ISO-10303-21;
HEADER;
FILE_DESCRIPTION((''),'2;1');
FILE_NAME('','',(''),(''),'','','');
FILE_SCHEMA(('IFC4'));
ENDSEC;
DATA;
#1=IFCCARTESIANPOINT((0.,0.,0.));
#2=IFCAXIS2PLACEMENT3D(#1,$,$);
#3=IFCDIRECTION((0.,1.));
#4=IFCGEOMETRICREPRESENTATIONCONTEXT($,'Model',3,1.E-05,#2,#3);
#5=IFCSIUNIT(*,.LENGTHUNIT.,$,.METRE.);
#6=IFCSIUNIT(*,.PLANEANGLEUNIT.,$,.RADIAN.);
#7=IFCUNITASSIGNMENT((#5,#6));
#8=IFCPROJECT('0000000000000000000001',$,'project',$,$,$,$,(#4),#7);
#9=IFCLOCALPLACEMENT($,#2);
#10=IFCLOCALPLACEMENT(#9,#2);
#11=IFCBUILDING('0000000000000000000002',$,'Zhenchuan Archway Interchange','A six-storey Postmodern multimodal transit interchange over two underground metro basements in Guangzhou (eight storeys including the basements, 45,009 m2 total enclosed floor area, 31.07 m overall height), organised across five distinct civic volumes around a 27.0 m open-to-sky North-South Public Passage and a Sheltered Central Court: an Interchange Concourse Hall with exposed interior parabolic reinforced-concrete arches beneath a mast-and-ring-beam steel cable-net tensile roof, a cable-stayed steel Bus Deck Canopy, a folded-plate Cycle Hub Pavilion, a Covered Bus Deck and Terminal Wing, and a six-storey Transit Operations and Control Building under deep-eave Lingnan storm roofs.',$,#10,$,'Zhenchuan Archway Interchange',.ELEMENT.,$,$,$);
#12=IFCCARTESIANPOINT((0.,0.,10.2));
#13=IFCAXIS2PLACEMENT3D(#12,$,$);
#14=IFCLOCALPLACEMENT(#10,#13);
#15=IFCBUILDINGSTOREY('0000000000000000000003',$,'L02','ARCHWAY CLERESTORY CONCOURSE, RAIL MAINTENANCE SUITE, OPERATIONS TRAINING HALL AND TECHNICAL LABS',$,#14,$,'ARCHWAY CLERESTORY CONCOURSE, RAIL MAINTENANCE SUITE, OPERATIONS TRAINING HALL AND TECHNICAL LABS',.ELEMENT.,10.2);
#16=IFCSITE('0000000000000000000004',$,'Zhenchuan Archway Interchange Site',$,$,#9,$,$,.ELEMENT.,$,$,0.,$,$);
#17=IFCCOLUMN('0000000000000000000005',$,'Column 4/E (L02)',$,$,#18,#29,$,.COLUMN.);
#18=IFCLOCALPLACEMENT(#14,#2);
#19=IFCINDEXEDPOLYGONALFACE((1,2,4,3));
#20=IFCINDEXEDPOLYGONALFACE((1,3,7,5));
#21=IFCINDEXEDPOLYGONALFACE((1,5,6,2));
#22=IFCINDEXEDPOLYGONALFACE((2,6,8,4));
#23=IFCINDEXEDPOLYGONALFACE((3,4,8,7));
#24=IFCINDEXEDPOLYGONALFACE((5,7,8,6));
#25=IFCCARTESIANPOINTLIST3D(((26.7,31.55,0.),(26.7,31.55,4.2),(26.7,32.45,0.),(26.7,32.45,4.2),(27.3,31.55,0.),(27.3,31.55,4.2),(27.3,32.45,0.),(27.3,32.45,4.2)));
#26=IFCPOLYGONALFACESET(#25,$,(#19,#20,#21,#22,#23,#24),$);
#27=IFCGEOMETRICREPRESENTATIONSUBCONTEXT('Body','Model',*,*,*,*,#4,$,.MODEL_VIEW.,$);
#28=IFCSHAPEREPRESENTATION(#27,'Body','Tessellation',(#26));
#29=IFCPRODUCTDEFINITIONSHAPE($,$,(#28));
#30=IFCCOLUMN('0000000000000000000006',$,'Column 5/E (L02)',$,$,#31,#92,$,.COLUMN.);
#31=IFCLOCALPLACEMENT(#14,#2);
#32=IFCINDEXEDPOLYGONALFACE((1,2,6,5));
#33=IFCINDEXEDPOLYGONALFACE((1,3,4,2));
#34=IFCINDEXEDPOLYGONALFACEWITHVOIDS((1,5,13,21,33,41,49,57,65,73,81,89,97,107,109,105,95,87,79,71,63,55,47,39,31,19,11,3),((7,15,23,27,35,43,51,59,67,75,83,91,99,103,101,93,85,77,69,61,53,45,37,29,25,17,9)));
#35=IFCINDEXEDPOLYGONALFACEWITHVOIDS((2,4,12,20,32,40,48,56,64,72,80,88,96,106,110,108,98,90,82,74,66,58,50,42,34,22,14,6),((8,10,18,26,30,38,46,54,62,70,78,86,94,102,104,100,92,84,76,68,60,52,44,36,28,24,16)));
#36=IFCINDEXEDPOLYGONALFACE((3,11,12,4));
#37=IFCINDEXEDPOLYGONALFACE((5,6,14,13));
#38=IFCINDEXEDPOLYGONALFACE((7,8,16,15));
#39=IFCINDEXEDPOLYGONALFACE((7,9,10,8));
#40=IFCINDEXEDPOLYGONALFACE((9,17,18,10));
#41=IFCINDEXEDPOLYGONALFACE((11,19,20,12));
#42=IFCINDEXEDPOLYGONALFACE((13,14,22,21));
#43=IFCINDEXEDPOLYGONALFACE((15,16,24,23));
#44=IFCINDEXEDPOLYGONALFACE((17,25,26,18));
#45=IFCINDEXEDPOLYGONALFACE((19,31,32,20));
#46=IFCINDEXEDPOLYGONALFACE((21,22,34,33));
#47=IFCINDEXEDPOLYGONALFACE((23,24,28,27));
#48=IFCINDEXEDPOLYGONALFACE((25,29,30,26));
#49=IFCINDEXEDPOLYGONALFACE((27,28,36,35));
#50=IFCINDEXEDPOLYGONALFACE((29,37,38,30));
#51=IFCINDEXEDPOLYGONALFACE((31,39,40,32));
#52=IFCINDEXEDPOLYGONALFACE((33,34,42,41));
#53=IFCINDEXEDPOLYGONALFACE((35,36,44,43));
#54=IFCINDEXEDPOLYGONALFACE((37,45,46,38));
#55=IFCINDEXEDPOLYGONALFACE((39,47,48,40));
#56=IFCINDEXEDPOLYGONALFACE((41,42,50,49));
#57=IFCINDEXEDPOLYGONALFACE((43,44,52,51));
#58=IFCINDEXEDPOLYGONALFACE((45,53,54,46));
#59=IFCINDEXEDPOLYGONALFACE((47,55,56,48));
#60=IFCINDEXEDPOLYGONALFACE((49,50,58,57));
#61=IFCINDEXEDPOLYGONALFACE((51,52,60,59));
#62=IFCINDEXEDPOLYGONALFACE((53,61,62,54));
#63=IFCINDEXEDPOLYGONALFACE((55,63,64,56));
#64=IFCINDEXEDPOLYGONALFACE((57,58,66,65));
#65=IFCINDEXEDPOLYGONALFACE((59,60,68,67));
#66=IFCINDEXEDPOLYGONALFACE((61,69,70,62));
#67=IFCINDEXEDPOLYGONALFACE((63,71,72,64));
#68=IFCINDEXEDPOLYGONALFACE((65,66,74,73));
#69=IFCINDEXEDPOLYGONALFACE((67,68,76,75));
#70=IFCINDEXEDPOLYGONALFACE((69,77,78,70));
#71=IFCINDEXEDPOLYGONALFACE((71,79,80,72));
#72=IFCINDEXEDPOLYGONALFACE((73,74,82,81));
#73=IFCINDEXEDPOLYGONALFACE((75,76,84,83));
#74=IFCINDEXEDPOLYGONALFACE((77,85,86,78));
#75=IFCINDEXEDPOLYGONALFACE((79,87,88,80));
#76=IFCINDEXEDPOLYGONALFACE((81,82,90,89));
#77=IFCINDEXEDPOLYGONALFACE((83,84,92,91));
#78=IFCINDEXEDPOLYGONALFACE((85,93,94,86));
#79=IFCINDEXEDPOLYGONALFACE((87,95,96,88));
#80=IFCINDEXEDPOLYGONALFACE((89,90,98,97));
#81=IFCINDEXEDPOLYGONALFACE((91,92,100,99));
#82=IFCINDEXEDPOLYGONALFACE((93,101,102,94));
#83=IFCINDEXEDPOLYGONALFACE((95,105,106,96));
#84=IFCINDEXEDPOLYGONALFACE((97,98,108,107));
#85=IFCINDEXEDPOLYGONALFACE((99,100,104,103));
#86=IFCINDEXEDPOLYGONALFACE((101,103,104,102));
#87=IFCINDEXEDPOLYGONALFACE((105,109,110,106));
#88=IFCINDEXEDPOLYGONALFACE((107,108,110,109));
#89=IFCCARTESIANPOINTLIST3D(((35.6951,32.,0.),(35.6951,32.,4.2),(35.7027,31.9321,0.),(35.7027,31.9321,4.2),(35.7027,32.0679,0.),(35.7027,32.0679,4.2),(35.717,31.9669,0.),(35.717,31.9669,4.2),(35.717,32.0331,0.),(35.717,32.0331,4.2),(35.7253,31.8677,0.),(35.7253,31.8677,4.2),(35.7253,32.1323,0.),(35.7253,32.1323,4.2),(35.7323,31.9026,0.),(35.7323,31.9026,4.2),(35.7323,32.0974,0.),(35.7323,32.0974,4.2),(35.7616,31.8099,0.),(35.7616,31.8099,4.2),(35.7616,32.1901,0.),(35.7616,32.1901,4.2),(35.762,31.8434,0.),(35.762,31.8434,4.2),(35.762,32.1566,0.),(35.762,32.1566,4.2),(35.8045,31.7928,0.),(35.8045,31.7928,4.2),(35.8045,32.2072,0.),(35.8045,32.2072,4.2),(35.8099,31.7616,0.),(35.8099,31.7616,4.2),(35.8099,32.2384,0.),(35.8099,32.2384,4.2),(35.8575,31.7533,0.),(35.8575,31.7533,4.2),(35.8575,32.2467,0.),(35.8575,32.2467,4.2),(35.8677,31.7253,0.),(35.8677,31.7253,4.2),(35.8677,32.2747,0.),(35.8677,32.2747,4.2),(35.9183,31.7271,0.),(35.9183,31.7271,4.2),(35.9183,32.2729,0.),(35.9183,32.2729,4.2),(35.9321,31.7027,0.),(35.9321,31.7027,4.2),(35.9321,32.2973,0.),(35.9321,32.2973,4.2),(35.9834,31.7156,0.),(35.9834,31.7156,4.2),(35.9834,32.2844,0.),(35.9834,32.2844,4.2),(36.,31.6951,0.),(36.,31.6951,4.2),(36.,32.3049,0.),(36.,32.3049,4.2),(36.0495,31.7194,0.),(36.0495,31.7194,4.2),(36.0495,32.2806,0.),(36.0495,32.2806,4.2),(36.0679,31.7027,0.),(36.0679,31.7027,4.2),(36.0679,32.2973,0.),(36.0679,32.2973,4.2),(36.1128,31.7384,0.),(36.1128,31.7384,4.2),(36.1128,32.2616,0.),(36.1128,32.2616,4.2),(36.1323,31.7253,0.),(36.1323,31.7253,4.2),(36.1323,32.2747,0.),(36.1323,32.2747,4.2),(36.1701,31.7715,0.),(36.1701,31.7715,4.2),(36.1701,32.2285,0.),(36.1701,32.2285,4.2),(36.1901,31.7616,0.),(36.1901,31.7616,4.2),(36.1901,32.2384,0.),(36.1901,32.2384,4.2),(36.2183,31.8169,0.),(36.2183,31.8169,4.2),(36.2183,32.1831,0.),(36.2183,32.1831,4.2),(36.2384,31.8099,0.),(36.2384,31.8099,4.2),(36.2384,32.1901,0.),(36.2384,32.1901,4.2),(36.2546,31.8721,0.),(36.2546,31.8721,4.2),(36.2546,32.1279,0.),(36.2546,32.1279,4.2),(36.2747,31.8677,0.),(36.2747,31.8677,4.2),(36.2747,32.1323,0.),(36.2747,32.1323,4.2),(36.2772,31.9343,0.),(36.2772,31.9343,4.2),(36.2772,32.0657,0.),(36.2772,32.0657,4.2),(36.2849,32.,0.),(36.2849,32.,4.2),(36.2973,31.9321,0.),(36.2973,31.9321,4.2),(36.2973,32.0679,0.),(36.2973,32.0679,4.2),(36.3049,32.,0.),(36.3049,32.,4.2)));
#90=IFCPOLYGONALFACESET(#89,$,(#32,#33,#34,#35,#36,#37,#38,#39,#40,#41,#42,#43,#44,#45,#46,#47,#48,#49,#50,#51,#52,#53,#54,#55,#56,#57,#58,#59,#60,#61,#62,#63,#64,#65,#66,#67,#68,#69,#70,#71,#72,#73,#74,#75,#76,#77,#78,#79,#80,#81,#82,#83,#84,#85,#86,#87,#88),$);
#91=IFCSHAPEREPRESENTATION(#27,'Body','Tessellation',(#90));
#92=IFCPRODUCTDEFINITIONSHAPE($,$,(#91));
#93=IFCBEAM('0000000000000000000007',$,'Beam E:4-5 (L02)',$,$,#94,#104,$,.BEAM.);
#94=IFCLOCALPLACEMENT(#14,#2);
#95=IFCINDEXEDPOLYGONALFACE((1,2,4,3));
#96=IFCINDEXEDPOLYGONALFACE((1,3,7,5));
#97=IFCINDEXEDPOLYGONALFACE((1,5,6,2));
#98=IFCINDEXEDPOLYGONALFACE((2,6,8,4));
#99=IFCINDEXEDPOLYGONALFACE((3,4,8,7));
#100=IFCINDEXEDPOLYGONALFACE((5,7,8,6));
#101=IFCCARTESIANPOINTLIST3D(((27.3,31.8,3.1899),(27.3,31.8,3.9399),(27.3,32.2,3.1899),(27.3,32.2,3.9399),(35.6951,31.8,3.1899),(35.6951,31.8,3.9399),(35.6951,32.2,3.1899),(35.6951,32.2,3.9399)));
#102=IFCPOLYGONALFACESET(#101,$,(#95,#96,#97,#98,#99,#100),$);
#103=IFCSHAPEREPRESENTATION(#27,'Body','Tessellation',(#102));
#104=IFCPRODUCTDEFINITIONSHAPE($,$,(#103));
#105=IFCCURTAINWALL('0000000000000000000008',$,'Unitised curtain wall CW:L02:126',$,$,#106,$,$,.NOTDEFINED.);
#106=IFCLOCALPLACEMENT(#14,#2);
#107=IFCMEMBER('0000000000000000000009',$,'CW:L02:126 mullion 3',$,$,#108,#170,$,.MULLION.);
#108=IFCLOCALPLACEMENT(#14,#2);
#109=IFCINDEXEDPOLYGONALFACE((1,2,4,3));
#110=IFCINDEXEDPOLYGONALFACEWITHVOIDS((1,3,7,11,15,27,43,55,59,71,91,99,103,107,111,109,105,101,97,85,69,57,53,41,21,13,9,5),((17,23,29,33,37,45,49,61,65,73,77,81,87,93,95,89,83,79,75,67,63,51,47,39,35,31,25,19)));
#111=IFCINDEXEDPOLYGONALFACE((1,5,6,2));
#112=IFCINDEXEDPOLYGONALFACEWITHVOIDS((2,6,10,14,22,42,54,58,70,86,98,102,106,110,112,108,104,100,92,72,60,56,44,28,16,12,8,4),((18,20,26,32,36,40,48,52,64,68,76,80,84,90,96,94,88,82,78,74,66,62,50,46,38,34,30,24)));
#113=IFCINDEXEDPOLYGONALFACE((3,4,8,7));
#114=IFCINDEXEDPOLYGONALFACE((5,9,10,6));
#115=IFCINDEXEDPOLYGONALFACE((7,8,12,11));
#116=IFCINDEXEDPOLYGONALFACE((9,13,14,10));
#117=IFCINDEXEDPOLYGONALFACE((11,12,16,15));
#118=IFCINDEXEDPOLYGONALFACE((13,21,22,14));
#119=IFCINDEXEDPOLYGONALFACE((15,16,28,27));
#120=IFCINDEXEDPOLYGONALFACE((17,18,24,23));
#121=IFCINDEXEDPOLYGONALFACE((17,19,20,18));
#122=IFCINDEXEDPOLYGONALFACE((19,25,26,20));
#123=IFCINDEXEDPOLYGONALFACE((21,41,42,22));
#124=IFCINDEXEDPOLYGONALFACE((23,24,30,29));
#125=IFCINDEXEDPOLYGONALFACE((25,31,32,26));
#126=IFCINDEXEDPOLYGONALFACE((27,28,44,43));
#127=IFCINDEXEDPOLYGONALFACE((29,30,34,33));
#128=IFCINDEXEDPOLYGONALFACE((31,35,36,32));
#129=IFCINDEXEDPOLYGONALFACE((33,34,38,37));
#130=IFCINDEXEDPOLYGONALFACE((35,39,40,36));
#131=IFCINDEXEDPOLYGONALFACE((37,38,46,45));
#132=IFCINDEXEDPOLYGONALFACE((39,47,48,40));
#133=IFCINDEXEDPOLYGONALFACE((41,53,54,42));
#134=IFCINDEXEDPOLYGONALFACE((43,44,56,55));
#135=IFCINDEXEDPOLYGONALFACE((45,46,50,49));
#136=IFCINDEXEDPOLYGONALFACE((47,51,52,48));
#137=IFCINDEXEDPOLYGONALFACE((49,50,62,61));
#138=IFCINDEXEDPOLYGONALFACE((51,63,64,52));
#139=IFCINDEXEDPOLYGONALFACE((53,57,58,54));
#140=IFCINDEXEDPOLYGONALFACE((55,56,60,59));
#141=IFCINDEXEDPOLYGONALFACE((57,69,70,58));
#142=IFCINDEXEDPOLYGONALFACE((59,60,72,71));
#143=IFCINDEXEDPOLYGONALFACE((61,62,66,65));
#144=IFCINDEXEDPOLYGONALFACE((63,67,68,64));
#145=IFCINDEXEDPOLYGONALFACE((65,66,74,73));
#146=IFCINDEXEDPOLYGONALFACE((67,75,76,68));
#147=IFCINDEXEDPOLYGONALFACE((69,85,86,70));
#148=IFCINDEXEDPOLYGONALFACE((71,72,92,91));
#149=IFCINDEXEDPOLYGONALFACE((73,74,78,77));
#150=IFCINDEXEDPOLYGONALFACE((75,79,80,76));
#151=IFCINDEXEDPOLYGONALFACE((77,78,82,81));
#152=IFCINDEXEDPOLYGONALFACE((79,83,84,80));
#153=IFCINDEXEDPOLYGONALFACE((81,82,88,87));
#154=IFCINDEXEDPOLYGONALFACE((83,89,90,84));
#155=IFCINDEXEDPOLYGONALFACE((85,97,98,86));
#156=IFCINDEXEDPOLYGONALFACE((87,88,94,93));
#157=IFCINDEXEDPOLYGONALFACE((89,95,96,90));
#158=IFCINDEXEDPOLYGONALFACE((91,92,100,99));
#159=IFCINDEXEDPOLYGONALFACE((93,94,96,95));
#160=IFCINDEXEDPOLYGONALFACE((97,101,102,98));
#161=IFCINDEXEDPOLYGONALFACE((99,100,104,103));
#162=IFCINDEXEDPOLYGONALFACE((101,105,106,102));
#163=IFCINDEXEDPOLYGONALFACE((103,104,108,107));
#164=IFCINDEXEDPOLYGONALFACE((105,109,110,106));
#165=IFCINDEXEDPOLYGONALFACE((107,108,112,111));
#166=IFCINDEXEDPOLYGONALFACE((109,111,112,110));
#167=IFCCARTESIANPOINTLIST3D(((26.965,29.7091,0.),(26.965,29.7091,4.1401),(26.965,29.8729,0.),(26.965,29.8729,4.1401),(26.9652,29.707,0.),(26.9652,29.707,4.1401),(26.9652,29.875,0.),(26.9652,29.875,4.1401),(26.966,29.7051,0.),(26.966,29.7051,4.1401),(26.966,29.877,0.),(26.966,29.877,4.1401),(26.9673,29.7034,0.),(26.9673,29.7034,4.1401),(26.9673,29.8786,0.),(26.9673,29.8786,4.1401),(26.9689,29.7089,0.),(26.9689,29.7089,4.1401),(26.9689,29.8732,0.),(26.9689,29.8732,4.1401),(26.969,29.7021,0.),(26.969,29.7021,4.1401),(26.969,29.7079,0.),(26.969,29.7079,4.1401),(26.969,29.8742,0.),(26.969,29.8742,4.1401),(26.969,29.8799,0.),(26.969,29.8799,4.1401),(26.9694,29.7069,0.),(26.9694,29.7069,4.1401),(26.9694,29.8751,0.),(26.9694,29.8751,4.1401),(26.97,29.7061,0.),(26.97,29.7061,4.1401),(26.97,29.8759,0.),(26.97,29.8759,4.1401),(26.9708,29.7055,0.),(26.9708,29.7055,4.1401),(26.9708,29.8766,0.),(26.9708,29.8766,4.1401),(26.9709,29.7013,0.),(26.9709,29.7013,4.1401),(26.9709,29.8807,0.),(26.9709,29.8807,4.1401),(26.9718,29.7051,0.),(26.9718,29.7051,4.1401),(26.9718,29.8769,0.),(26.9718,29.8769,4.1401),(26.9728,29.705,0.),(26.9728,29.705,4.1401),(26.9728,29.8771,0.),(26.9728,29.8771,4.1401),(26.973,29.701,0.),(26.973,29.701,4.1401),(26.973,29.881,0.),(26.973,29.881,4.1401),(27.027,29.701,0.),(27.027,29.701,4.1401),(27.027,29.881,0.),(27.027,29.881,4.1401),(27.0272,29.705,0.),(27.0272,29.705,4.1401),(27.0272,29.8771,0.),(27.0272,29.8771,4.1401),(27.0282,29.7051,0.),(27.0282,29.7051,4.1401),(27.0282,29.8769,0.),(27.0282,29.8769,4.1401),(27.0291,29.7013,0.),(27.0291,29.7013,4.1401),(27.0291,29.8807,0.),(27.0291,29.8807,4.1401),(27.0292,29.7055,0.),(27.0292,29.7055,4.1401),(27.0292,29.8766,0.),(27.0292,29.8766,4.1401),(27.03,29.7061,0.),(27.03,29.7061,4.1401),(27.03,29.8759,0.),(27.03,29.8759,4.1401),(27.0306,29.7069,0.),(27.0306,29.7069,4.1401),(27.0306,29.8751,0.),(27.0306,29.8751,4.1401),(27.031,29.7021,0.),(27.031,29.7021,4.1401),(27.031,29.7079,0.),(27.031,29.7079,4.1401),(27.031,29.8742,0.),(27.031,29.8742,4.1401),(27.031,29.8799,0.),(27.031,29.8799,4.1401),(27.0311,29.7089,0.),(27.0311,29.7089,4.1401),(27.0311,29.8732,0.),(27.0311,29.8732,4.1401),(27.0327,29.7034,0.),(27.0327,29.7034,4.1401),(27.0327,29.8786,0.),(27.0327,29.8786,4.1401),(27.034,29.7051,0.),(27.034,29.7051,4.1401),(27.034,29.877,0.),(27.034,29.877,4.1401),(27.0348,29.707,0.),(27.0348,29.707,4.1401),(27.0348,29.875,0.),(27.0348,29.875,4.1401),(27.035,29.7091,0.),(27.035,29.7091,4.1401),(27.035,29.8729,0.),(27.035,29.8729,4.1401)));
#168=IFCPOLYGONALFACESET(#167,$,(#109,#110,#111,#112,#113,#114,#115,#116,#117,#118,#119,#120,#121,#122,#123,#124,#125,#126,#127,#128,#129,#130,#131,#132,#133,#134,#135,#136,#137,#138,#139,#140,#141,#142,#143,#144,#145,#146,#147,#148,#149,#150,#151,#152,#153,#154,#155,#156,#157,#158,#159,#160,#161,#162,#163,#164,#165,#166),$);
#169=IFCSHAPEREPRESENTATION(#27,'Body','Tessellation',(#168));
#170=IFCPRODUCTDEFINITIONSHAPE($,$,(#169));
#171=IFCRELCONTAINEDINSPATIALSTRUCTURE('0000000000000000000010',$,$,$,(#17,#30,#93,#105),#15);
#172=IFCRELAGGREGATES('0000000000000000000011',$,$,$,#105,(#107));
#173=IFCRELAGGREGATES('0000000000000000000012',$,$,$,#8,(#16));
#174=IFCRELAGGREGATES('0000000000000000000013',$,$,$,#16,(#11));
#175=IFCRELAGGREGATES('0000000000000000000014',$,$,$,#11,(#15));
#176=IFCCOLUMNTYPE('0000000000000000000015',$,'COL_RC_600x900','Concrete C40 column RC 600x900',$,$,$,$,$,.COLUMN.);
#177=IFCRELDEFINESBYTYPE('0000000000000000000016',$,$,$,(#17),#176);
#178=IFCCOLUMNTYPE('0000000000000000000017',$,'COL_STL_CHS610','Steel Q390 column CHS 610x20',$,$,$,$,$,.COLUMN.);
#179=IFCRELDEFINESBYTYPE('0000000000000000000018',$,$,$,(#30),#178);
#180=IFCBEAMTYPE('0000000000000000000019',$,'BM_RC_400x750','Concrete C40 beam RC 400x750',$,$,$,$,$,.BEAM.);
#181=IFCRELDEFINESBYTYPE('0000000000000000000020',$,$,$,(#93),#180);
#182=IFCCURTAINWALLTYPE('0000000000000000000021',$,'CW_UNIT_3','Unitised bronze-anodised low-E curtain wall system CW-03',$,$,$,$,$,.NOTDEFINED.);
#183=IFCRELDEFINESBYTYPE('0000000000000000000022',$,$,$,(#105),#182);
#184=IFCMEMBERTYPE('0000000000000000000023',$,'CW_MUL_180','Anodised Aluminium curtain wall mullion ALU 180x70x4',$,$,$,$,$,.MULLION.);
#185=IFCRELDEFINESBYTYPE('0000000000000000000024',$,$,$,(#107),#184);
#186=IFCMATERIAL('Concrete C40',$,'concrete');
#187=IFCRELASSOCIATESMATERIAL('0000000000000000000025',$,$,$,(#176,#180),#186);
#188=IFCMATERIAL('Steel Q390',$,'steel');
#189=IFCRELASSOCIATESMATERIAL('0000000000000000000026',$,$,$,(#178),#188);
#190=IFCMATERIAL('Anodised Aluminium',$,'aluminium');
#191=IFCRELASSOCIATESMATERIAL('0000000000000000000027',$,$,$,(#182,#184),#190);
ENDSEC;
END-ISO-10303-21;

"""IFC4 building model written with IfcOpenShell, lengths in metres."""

from ifc_helpers import new_model, si_unit, direction, frame, origin, origin_2d, place, context, subcontext, project, spatial, rectangle, hollow_rectangle, hollow_circle, extrude, material, material_profile, profile_set, type_object, element, aggregate, save


model = new_model("IFC4")

# Units and contexts
model_context = context("Model", 3, precision=1e-05, world=origin(), true_north=direction((0.0, 1.0)))
body_context = subcontext(model_context, "Body", "Model", "MODEL_VIEW")
ifc_project = project(units=[si_unit("LENGTHUNIT", "METRE"), si_unit("PLANEANGLEUNIT", "RADIAN")], contexts=[model_context])

# Site, building, storey
site_placement = place(None, origin())
site = spatial("IfcSite", under=ifc_project, at=site_placement, Name="Zhenchuan Archway Interchange Site", CompositionType="ELEMENT", RefElevation=0.0)
building_placement = place(site_placement, origin())
building = spatial("IfcBuilding", under=site, at=building_placement, Name="Zhenchuan Archway Interchange", Description="A six-storey Postmodern multimodal transit interchange over two underground metro basements in Guangzhou (eight storeys including the basements, 45,009 m2 total enclosed floor area, 31.07 m overall height), organised across five distinct civic volumes around a 27.0 m open-to-sky North-South Public Passage and a Sheltered Central Court: an Interchange Concourse Hall with exposed interior parabolic reinforced-concrete arches beneath a mast-and-ring-beam steel cable-net tensile roof, a cable-stayed steel Bus Deck Canopy, a folded-plate Cycle Hub Pavilion, a Covered Bus Deck and Terminal Wing, and a six-storey Transit Operations and Control Building under deep-eave Lingnan storm roofs.", LongName="Zhenchuan Archway Interchange", CompositionType="ELEMENT")
storey_placement = place(building_placement, frame((0.0, 0.0, 10.2)))
storey = spatial("IfcBuildingStorey", under=building, at=storey_placement, Name="L02", Description="ARCHWAY CLERESTORY CONCOURSE, RAIL MAINTENANCE SUITE, OPERATIONS TRAINING HALL AND TECHNICAL LABS", LongName="ARCHWAY CLERESTORY CONCOURSE, RAIL MAINTENANCE SUITE, OPERATIONS TRAINING HALL AND TECHNICAL LABS", CompositionType="ELEMENT", Elevation=10.2)

# Columns
ifc_material_1 = material(Name="Concrete C40", Category="concrete")
ifc_material_profile_1 = material_profile(ifc_material_1, rectangle(XDim=0.6001, YDim=0.8999, at=origin_2d()), Name="RC 600x900")
ifc_profile_set_1 = profile_set([ifc_material_profile_1], Name="Concrete C40")
column_type_1 = type_object("IfcColumnType", Name="COL_RC_600x900", Description="Concrete C40 column RC 600x900", PredefinedType="COLUMN", material=ifc_profile_set_1)
column_1_placement = place(storey_placement, frame((27.0, 32.0, 0.0), z_axis=(0.0, 0.0, 1.0), x_axis=(1.0, 0.0, 0.0)))
element("IfcColumn", 1, at=column_1_placement, inside=storey, type_object=column_type_1, Name="Column 4/E (L02)", PredefinedType="COLUMN", context=body_context, shape_type="SweptSolid", body=[
    extrude(rectangle(XDim=0.6001, YDim=0.8999, at=origin_2d()), origin(), (0.0, 0.0, 1.0), 4.2),
])
ifc_material_2 = material(Name="Steel Q390", Category="steel")
ifc_material_profile_2 = material_profile(ifc_material_2, hollow_circle(Radius=0.3049, WallThickness=0.02, at=origin_2d()), Name="CHS 610x20")
ifc_profile_set_2 = profile_set([ifc_material_profile_2], Name="Steel Q390")
column_type_2 = type_object("IfcColumnType", Name="COL_STL_CHS610", Description="Steel Q390 column CHS 610x20", PredefinedType="COLUMN", material=ifc_profile_set_2)
column_2_placement = place(storey_placement, frame((36.0, 32.0, 0.0), z_axis=(0.0, 0.0, 1.0), x_axis=(1.0, 0.0, 0.0)))
element("IfcColumn", 2, at=column_2_placement, inside=storey, type_object=column_type_2, Name="Column 5/E (L02)", PredefinedType="COLUMN", context=body_context, shape_type="SweptSolid", body=[
    extrude(hollow_circle(Radius=0.3049, WallThickness=0.02, at=origin_2d()), origin(), (0.0, 0.0, 1.0), 4.2),
])

# Beam
ifc_material_profile_3 = material_profile(ifc_material_1, rectangle(XDim=0.3999, YDim=0.75, at=origin_2d()), Name="RC 400x750")
ifc_profile_set_3 = profile_set([ifc_material_profile_3], Name="Concrete C40")
beam_type_1 = type_object("IfcBeamType", Name="BM_RC_400x750", Description="Concrete C40 beam RC 400x750", PredefinedType="BEAM", material=ifc_profile_set_3)
beam_1_placement = place(storey_placement, frame((27.3, 32.0, 3.5649), z_axis=(1.0, 0.0, 0.0), x_axis=(0.0, 1.0, 0.0)))
element("IfcBeam", 3, at=beam_1_placement, inside=storey, type_object=beam_type_1, Name="Beam E:4-5 (L02)", PredefinedType="BEAM", context=body_context, shape_type="SweptSolid", body=[
    extrude(rectangle(XDim=0.3999, YDim=0.75, at=origin_2d()), origin(), (0.0, 0.0, 1.0), 8.395),
])

# Curtain wall, member
ifc_material_3 = material(Name="Anodised Aluminium", Category="aluminium")
curtain_wall_type_1 = type_object("IfcCurtainWallType", Name="CW_UNIT_3", Description="Unitised bronze-anodised low-E curtain wall system CW-03", PredefinedType="NOTDEFINED", material=ifc_material_3)
curtain_wall_1_placement = place(storey_placement, origin())
curtain_wall_1 = element("IfcCurtainWall", 4, at=curtain_wall_1_placement, inside=storey, type_object=curtain_wall_type_1, Name="Unitised curtain wall CW:L02:126", PredefinedType="NOTDEFINED")
ifc_material_profile_4 = material_profile(ifc_material_3, hollow_rectangle(XDim=0.0701, YDim=0.1799, WallThickness=0.0039, InnerFilletRadius=0.0039, OuterFilletRadius=0.0081, at=origin_2d()), Name="ALU 180x70x4")
ifc_profile_set_4 = profile_set([ifc_material_profile_4], Name="Anodised Aluminium")
member_type_1 = type_object("IfcMemberType", Name="CW_MUL_180", Description="Anodised Aluminium curtain wall mullion ALU 180x70x4", PredefinedType="MULLION", material=ifc_profile_set_4)
member_1_placement = place(storey_placement, frame((27.0, 29.791, 0.0), z_axis=(0.0, 0.0, 1.0), x_axis=(1.0, 0.0, 0.0)))
member_1 = element("IfcMember", 5, at=member_1_placement, type_object=member_type_1, Name="CW:L02:126 mullion 3", PredefinedType="MULLION", context=body_context, shape_type="SweptSolid", body=[
    extrude(hollow_rectangle(XDim=0.0701, YDim=0.1799, WallThickness=0.0039, InnerFilletRadius=0.0039, OuterFilletRadius=0.0081, at=origin_2d()), origin(), (0.0, 0.0, 1.0), 4.1401),
])

aggregate(curtain_wall_1, [member_1])

save(model, "model.ifc")
